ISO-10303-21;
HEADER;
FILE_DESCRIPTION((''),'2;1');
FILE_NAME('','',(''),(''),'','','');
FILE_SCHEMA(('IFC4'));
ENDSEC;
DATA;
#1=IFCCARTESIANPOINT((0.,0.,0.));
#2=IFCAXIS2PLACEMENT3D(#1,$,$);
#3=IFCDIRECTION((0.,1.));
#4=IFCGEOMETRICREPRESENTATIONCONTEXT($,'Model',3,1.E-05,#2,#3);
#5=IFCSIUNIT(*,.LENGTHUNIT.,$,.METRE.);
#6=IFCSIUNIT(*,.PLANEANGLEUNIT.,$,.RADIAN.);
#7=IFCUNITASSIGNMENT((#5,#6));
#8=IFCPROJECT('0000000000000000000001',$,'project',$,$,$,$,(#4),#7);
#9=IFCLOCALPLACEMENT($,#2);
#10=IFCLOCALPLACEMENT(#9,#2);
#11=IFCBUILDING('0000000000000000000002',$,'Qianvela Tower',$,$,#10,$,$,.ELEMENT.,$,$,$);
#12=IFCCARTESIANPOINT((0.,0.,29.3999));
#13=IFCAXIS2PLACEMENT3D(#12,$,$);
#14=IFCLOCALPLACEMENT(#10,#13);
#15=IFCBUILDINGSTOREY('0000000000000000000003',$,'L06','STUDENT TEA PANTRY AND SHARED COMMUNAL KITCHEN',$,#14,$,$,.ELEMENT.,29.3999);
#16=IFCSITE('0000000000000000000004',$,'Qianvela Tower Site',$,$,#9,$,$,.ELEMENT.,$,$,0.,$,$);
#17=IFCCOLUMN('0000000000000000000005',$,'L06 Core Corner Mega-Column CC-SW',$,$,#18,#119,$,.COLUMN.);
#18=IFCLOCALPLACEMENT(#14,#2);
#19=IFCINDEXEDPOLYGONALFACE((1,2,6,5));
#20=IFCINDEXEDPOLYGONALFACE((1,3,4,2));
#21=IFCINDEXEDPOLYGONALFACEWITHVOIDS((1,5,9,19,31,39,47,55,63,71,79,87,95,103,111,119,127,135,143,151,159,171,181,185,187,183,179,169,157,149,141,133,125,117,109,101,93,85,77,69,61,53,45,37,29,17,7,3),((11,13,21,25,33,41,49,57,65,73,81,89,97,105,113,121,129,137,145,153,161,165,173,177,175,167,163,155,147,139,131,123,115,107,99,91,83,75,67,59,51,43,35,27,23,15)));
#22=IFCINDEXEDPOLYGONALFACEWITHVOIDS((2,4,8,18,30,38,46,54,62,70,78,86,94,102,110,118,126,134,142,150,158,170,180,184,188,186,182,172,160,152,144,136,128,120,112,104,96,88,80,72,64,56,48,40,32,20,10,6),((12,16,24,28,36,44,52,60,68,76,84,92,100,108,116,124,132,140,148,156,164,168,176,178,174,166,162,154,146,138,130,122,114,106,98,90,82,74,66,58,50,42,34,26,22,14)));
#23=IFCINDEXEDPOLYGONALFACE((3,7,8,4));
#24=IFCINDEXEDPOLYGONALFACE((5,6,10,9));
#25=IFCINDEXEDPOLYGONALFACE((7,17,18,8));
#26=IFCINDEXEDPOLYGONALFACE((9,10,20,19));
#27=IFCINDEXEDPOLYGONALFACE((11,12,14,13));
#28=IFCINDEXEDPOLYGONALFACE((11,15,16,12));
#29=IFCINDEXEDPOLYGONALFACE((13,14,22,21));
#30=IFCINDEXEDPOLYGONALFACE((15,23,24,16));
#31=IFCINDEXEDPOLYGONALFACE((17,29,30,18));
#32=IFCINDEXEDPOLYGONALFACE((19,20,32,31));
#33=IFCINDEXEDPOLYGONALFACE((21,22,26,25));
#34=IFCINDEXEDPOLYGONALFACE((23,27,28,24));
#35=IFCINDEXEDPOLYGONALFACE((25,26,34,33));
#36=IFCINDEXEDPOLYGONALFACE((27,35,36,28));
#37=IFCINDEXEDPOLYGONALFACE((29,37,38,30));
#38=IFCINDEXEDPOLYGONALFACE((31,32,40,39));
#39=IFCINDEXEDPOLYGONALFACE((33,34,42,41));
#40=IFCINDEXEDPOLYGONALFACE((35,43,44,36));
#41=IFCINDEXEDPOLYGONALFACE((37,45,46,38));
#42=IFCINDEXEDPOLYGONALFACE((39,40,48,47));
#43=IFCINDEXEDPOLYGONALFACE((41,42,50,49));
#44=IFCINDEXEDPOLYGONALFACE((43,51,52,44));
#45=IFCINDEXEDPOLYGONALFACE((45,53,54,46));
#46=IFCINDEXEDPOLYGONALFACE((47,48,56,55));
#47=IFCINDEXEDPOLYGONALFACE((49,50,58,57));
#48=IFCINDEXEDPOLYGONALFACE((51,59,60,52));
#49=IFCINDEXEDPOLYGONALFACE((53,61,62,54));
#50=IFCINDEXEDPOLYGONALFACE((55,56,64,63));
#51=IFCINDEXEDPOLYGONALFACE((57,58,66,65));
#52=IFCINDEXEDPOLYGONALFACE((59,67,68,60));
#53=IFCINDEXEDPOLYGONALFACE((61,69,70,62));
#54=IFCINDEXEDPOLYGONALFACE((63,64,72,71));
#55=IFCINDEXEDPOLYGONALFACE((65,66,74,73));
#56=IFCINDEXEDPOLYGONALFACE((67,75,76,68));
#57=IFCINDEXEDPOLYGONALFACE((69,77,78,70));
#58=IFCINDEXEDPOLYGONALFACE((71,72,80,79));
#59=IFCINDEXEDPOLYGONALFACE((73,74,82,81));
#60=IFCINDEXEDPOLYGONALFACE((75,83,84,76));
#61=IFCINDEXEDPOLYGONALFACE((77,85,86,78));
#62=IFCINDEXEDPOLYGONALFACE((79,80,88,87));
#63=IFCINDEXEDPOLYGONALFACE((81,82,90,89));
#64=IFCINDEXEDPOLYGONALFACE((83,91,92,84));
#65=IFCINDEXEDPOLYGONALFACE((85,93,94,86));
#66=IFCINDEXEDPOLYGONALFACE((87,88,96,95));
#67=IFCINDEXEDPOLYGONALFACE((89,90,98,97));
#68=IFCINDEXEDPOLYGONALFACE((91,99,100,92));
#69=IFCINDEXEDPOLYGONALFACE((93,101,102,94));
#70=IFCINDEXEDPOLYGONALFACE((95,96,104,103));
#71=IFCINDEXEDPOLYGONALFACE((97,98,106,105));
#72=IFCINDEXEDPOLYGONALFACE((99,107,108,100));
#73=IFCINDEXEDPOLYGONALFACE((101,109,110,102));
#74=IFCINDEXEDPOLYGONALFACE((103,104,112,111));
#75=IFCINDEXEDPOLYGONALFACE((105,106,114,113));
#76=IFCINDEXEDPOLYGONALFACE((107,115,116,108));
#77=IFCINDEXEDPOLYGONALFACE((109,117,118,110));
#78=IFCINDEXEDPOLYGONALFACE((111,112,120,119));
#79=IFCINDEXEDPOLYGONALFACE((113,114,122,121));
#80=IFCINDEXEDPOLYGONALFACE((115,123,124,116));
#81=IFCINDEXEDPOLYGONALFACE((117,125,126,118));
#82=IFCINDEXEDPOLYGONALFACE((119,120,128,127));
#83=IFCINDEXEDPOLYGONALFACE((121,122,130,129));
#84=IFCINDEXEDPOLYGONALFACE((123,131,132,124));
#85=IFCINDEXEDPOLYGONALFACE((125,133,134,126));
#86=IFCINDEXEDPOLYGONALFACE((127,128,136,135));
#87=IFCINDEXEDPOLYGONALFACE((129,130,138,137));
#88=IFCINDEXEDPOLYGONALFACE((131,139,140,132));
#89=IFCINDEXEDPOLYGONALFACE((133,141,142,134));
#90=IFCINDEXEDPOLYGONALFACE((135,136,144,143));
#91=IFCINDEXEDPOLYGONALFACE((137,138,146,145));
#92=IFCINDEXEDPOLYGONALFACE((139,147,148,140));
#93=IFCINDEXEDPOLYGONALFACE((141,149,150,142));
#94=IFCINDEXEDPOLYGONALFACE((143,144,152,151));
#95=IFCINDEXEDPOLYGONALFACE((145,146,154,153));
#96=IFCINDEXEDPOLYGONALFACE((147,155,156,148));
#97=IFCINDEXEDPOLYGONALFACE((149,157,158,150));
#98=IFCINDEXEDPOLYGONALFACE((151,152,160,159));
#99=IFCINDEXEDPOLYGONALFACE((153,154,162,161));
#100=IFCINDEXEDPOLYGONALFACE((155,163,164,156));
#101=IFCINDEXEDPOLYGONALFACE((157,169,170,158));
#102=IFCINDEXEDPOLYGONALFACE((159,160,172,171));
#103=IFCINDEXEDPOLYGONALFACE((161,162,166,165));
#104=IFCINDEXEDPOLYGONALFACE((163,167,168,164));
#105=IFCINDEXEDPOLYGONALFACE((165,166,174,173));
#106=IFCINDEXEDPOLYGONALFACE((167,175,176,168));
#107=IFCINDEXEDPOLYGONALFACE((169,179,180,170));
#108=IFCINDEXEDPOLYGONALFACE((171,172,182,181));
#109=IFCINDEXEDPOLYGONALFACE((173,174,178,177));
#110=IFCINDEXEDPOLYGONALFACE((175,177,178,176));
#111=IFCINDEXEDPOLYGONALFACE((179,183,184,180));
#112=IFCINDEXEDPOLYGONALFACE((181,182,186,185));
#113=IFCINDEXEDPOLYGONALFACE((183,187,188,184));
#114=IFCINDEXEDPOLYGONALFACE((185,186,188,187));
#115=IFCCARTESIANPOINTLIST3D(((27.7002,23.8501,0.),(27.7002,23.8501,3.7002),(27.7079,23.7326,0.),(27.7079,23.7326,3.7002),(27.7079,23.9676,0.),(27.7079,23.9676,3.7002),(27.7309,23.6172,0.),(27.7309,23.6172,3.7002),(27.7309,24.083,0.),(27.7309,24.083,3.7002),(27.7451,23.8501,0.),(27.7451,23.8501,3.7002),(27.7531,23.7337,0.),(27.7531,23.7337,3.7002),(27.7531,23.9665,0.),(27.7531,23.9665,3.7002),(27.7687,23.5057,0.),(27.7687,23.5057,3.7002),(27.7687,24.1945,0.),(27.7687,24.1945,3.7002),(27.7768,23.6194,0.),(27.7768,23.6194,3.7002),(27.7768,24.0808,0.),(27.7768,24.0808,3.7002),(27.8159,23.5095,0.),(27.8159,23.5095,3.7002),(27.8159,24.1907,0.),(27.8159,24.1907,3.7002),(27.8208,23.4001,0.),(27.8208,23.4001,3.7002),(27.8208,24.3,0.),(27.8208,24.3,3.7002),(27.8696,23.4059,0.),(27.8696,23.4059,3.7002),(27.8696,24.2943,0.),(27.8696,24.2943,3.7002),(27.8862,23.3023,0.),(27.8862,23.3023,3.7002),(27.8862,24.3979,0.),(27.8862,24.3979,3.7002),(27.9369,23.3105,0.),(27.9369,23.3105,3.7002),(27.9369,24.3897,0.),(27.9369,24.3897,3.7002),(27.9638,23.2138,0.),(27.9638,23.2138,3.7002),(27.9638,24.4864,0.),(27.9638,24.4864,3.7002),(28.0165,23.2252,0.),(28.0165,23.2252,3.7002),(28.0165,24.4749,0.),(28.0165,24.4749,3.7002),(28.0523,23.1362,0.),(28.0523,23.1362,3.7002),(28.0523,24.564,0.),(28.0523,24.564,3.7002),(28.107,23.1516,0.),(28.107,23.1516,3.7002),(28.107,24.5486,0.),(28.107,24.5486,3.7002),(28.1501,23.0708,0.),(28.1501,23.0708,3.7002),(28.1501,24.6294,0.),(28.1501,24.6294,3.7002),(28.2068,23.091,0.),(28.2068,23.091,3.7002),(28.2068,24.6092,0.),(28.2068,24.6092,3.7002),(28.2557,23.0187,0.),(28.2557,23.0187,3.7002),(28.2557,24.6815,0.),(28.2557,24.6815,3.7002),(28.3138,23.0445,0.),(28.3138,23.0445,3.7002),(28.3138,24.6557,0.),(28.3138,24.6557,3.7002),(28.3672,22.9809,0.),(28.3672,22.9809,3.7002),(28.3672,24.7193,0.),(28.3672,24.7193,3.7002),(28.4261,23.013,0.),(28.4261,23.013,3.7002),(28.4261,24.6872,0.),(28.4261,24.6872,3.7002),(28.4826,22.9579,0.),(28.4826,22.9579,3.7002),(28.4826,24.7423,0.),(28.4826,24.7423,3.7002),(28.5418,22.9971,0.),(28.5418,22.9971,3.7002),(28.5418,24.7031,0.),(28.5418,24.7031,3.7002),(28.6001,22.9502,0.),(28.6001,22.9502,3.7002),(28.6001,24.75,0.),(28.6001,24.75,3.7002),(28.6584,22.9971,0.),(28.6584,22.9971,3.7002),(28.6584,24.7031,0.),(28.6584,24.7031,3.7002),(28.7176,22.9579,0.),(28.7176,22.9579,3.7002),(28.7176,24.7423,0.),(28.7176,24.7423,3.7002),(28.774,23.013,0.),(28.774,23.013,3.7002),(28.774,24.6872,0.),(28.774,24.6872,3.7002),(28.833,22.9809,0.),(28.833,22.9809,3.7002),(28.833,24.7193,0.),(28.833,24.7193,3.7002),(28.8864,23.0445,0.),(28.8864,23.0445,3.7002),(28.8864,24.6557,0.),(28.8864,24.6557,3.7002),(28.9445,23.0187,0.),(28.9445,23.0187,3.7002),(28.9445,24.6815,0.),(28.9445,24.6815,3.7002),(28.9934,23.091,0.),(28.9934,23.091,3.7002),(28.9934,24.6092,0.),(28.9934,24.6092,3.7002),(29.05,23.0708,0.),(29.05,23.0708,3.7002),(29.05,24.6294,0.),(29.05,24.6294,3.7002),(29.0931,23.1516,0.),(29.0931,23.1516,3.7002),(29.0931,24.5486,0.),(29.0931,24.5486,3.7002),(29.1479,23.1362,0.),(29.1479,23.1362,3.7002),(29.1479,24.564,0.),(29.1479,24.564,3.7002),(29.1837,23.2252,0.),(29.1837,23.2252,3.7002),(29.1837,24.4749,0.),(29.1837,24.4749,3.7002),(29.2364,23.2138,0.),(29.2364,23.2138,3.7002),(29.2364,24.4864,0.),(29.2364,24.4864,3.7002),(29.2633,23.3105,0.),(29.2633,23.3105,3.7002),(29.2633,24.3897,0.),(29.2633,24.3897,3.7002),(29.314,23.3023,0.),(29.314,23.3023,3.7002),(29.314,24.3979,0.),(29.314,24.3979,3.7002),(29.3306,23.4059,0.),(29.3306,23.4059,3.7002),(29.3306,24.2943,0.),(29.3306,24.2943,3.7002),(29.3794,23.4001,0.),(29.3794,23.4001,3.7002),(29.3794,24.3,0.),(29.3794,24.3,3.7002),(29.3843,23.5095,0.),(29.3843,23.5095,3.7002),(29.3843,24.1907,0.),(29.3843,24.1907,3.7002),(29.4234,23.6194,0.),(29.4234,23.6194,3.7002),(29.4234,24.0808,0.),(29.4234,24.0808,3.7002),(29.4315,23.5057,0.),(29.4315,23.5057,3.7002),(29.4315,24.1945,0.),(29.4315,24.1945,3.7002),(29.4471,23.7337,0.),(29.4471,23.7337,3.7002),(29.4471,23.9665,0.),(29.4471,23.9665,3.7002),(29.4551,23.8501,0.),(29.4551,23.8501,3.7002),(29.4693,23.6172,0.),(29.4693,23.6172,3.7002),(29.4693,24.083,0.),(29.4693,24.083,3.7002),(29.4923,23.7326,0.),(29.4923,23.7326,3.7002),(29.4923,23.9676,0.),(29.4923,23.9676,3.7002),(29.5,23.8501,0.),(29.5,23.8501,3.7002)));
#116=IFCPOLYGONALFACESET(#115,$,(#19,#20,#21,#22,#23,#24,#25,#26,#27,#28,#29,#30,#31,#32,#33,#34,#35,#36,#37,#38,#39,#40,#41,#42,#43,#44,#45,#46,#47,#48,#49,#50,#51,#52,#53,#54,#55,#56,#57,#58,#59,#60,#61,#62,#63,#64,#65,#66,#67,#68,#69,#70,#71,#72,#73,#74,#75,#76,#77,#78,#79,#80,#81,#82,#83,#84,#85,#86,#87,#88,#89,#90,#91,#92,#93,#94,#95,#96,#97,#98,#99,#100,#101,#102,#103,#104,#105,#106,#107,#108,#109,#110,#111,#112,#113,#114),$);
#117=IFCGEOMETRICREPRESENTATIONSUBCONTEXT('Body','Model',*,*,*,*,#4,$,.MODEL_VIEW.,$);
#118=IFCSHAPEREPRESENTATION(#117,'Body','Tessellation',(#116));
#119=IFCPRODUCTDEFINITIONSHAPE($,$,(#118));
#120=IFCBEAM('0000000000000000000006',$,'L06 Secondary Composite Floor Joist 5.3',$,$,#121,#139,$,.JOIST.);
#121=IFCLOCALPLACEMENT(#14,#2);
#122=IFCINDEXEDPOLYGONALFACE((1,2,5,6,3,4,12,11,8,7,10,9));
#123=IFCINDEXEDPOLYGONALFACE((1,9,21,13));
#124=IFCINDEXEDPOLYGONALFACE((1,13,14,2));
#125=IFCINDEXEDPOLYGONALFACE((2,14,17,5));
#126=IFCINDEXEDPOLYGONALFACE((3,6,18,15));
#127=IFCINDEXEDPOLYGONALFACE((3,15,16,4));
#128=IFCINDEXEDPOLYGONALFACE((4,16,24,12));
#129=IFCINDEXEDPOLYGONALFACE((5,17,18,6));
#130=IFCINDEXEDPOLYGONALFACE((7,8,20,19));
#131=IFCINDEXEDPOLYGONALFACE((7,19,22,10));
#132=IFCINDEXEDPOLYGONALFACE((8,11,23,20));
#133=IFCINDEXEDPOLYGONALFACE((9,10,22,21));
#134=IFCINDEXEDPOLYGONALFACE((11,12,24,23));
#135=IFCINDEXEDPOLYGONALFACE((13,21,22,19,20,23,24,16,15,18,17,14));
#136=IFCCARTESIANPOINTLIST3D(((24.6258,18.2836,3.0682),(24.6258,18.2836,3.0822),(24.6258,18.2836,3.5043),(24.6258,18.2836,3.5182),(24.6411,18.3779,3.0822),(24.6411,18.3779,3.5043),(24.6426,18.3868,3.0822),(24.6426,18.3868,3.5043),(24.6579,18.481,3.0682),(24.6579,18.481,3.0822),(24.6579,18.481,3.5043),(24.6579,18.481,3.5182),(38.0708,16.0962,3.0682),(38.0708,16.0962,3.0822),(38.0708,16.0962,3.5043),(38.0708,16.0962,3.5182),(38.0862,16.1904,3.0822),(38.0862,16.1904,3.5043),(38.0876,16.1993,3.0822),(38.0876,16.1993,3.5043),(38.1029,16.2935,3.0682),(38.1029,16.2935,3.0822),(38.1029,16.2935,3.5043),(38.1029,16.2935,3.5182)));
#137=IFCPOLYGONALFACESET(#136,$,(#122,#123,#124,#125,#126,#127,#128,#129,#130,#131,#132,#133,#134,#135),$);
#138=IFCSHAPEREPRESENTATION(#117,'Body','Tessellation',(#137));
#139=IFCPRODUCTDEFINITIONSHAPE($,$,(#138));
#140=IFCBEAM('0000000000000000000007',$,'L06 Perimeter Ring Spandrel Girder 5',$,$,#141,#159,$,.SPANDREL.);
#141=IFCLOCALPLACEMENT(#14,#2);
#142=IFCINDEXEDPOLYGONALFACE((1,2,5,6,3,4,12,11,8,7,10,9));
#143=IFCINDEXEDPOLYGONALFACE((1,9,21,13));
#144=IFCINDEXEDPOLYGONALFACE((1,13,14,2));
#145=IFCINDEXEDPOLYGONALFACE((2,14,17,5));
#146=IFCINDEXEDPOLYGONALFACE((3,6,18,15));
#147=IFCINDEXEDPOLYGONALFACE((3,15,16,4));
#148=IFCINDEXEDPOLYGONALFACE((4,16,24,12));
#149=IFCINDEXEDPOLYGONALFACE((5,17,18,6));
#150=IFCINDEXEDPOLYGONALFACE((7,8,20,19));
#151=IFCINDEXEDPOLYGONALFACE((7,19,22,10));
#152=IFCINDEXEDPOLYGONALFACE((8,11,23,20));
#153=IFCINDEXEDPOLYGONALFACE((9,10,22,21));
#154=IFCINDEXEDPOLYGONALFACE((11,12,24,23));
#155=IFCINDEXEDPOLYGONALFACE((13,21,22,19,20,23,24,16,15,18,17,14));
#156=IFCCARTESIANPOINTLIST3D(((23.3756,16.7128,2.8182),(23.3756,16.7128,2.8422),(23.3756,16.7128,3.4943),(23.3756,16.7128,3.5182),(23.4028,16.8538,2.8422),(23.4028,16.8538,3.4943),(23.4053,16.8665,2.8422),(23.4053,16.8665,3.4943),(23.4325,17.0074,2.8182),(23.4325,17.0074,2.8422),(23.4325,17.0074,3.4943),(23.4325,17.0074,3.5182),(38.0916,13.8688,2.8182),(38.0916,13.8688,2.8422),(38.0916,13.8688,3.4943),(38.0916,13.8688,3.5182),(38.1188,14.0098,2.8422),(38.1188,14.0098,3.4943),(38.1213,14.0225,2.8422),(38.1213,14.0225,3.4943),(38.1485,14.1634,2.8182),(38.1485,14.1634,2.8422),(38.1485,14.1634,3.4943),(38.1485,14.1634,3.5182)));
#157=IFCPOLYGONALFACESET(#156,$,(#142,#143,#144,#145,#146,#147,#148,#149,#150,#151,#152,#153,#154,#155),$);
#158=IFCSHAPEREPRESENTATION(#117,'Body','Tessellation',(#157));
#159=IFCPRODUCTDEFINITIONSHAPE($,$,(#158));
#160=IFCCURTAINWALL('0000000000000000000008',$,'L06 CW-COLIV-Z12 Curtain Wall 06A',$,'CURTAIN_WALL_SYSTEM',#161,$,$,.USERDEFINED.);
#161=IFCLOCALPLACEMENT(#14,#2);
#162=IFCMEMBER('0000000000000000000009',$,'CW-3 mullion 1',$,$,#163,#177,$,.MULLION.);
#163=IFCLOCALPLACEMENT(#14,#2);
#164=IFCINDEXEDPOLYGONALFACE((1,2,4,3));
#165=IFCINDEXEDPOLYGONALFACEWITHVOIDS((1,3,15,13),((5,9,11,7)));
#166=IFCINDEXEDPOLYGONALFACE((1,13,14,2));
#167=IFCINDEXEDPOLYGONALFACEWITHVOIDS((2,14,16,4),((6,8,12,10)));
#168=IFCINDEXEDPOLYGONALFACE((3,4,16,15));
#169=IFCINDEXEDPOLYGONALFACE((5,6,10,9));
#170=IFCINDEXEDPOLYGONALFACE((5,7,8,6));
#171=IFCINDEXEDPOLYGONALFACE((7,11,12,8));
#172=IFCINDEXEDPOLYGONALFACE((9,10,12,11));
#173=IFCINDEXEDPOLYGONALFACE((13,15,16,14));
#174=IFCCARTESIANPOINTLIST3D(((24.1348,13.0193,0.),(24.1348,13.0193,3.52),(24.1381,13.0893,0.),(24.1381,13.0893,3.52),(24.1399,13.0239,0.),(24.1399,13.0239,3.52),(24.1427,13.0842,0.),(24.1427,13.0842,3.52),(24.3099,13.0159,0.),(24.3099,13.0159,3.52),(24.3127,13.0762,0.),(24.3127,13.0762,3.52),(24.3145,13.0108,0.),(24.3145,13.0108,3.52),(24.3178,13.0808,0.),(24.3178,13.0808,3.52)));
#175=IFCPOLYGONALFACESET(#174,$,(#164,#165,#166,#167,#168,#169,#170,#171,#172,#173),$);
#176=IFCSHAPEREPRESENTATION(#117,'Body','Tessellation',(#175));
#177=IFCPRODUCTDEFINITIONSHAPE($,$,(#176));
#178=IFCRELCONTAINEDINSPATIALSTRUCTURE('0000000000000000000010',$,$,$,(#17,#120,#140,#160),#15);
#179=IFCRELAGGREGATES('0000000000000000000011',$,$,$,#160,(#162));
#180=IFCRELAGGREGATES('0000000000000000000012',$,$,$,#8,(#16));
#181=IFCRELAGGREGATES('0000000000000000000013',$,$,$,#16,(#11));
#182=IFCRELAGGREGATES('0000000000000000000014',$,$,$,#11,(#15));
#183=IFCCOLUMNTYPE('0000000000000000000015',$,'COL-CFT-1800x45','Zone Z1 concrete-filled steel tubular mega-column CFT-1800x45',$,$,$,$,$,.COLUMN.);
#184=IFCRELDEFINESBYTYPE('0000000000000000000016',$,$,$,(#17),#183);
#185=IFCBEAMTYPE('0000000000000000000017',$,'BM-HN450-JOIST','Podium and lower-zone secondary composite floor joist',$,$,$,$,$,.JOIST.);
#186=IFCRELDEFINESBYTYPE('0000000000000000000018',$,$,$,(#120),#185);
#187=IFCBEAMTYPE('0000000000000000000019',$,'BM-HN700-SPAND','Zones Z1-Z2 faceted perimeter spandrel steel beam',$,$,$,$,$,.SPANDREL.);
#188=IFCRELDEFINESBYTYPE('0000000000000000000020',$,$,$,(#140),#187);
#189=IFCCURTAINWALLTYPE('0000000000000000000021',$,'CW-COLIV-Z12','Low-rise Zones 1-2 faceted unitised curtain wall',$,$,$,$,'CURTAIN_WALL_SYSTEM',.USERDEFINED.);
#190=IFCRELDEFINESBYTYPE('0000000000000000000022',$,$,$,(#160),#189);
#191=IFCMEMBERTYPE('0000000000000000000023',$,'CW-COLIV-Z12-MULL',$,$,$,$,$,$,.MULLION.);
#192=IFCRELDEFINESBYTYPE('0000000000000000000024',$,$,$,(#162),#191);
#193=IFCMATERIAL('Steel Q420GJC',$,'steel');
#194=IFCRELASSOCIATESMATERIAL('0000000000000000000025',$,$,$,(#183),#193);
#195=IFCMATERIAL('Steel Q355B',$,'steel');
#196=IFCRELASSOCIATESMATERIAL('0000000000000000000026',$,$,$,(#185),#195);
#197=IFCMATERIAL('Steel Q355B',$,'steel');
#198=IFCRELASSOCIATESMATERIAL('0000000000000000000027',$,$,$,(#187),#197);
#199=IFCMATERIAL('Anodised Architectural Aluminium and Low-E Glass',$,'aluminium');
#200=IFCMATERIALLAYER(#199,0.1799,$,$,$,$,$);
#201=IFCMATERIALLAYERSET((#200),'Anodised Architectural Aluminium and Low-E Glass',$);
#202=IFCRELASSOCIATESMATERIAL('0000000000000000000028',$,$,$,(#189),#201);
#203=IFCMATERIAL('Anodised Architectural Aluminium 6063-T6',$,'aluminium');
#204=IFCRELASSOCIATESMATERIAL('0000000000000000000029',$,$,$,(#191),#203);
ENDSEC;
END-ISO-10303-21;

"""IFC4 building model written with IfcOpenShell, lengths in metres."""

from ifc_helpers import new_model, si_unit, direction, frame, origin, origin_2d, place, context, subcontext, project, spatial, hollow_rectangle, hollow_circle, i_section, extrude, material, layer, layer_set, material_profile, profile_set, type_object, element, aggregate, save


model = new_model("IFC4")

# Units and contexts
model_context = context("Model", 3, precision=1e-05, world=origin(), true_north=direction((0.0, 1.0)))
body_context = subcontext(model_context, "Body", "Model", "MODEL_VIEW")
ifc_project = project(units=[si_unit("LENGTHUNIT", "METRE"), si_unit("PLANEANGLEUNIT", "RADIAN")], contexts=[model_context])

# Site, building, storey
site_placement = place(None, origin())
site = spatial("IfcSite", under=ifc_project, at=site_placement, Name="Qianvela Tower Site", CompositionType="ELEMENT", RefElevation=0.0)
building_placement = place(site_placement, origin())
building = spatial("IfcBuilding", under=site, at=building_placement, Name="Qianvela Tower", CompositionType="ELEMENT")
storey_placement = place(building_placement, frame((0.0, 0.0, 29.3999)))
storey = spatial("IfcBuildingStorey", under=building, at=storey_placement, Name="L06", Description="STUDENT TEA PANTRY AND SHARED COMMUNAL KITCHEN", CompositionType="ELEMENT", Elevation=29.3999)

# Column
ifc_material_1 = material(Name="Steel Q420GJC", Category="steel")
ifc_material_profile_1 = material_profile(ifc_material_1, hollow_circle(Radius=0.8999, WallThickness=0.0449, at=origin_2d()), Name="CFT-1800x45")
ifc_profile_set_1 = profile_set([ifc_material_profile_1], Name="Steel Q420GJC")
column_type = type_object("IfcColumnType", Name="COL-CFT-1800x45", Description="Zone Z1 concrete-filled steel tubular mega-column CFT-1800x45", PredefinedType="COLUMN", material=ifc_profile_set_1)
column_placement = place(storey_placement, frame((28.6001, 23.8501, 0.0), z_axis=(0.0, 0.0, 1.0), x_axis=(1.0, 0.0, 0.0)))
element("IfcColumn", 1, at=column_placement, inside=storey, type_object=column_type, Name="L06 Core Corner Mega-Column CC-SW", PredefinedType="COLUMN", context=body_context, shape_type="SweptSolid", body=[
    extrude(hollow_circle(Radius=0.8999, WallThickness=0.0449, at=origin_2d()), origin(), (0.0, 0.0, 1.0), 3.7002),
])

# Beams
ifc_material_2 = material(Name="Steel Q355B", Category="steel")
ifc_material_profile_2 = material_profile(ifc_material_2, i_section(OverallWidth=0.2, OverallDepth=0.45, WebThickness=0.009, FlangeThickness=0.0139, at=origin_2d()), Name="HN450x200x9x14")
ifc_profile_set_2 = profile_set([ifc_material_profile_2], Name="Steel Q355B")
beam_type_1 = type_object("IfcBeamType", Name="BM-HN450-JOIST", Description="Podium and lower-zone secondary composite floor joist", PredefinedType="JOIST", material=ifc_profile_set_2)
beam_1_placement = place(storey_placement, frame((24.6418, 18.3823, 3.2932), z_axis=(0.987022, -0.160587, 0.0), x_axis=(0.160587, 0.987022, 0.0)))
element("IfcBeam", 2, at=beam_1_placement, inside=storey, type_object=beam_type_1, Name="L06 Secondary Composite Floor Joist 5.3", PredefinedType="JOIST", context=body_context, shape_type="SweptSolid", body=[
    extrude(i_section(OverallWidth=0.2, OverallDepth=0.45, WebThickness=0.009, FlangeThickness=0.0139, at=origin_2d()), origin(), (0.0, 0.0, 1.0), 13.6218),
])
ifc_material_3 = material(Name="Steel Q355B", Category="steel")
ifc_material_profile_3 = material_profile(ifc_material_3, i_section(OverallWidth=0.3, OverallDepth=0.7, WebThickness=0.0129, FlangeThickness=0.0239, at=origin_2d()), Name="HN700x300x13x24")
ifc_profile_set_3 = profile_set([ifc_material_profile_3], Name="Steel Q355B")
beam_type_2 = type_object("IfcBeamType", Name="BM-HN700-SPAND", Description="Zones Z1-Z2 faceted perimeter spandrel steel beam", PredefinedType="SPANDREL", material=ifc_profile_set_3)
beam_2_placement = place(storey_placement, frame((23.4041, 16.8601, 3.1682), z_axis=(0.981833, -0.189747, 0.0), x_axis=(0.189747, 0.981833, 0.0)))
element("IfcBeam", 3, at=beam_2_placement, inside=storey, type_object=beam_type_2, Name="L06 Perimeter Ring Spandrel Girder 5", PredefinedType="SPANDREL", context=body_context, shape_type="SweptSolid", body=[
    extrude(i_section(OverallWidth=0.3, OverallDepth=0.7, WebThickness=0.0129, FlangeThickness=0.0239, at=origin_2d()), origin(), (0.0, 0.0, 1.0), 14.9883),
])

# Curtain wall, member
ifc_material_4 = material(Name="Anodised Architectural Aluminium and Low-E Glass", Category="aluminium")
ifc_layer_1 = layer(ifc_material_4, 0.1799)
ifc_layer_set_1 = layer_set([ifc_layer_1], Name="Anodised Architectural Aluminium and Low-E Glass")
curtain_wall_type = type_object("IfcCurtainWallType", Name="CW-COLIV-Z12", Description="Low-rise Zones 1-2 faceted unitised curtain wall", ElementType="CURTAIN_WALL_SYSTEM", PredefinedType="USERDEFINED", material=ifc_layer_set_1)
curtain_wall_placement = place(storey_placement, origin())
curtain_wall = element("IfcCurtainWall", 4, at=curtain_wall_placement, inside=storey, type_object=curtain_wall_type, Name="L06 CW-COLIV-Z12 Curtain Wall 06A", ObjectType="CURTAIN_WALL_SYSTEM", PredefinedType="USERDEFINED")
ifc_material_5 = material(Name="Anodised Architectural Aluminium 6063-T6", Category="aluminium")
ifc_material_profile_4 = material_profile(ifc_material_5, hollow_rectangle(XDim=0.0701, YDim=0.1799, WallThickness=0.0049, at=origin_2d()), Name="ALU-MULL-70x180")
ifc_profile_set_4 = profile_set([ifc_material_profile_4], Name="Anodised Architectural Aluminium 6063-T6")
member_type_1 = type_object("IfcMemberType", Name="CW-COLIV-Z12-MULL", PredefinedType="MULLION", material=ifc_profile_set_4)
member_1_placement = place(storey_placement, frame((24.2263, 13.05, 0.0), z_axis=(0.0, 0.0, 1.0), x_axis=(0.046881, 0.9989, 0.0)))
member_1 = element("IfcMember", 5, at=member_1_placement, type_object=member_type_1, Name="CW-3 mullion 1", PredefinedType="MULLION", context=body_context, shape_type="SweptSolid", body=[
    extrude(hollow_rectangle(XDim=0.0701, YDim=0.1799, WallThickness=0.0049, at=origin_2d()), origin(), (0.0, 0.0, 1.0), 3.52),
])
aggregate(curtain_wall, [member_1])

save(model, "model.ifc")
